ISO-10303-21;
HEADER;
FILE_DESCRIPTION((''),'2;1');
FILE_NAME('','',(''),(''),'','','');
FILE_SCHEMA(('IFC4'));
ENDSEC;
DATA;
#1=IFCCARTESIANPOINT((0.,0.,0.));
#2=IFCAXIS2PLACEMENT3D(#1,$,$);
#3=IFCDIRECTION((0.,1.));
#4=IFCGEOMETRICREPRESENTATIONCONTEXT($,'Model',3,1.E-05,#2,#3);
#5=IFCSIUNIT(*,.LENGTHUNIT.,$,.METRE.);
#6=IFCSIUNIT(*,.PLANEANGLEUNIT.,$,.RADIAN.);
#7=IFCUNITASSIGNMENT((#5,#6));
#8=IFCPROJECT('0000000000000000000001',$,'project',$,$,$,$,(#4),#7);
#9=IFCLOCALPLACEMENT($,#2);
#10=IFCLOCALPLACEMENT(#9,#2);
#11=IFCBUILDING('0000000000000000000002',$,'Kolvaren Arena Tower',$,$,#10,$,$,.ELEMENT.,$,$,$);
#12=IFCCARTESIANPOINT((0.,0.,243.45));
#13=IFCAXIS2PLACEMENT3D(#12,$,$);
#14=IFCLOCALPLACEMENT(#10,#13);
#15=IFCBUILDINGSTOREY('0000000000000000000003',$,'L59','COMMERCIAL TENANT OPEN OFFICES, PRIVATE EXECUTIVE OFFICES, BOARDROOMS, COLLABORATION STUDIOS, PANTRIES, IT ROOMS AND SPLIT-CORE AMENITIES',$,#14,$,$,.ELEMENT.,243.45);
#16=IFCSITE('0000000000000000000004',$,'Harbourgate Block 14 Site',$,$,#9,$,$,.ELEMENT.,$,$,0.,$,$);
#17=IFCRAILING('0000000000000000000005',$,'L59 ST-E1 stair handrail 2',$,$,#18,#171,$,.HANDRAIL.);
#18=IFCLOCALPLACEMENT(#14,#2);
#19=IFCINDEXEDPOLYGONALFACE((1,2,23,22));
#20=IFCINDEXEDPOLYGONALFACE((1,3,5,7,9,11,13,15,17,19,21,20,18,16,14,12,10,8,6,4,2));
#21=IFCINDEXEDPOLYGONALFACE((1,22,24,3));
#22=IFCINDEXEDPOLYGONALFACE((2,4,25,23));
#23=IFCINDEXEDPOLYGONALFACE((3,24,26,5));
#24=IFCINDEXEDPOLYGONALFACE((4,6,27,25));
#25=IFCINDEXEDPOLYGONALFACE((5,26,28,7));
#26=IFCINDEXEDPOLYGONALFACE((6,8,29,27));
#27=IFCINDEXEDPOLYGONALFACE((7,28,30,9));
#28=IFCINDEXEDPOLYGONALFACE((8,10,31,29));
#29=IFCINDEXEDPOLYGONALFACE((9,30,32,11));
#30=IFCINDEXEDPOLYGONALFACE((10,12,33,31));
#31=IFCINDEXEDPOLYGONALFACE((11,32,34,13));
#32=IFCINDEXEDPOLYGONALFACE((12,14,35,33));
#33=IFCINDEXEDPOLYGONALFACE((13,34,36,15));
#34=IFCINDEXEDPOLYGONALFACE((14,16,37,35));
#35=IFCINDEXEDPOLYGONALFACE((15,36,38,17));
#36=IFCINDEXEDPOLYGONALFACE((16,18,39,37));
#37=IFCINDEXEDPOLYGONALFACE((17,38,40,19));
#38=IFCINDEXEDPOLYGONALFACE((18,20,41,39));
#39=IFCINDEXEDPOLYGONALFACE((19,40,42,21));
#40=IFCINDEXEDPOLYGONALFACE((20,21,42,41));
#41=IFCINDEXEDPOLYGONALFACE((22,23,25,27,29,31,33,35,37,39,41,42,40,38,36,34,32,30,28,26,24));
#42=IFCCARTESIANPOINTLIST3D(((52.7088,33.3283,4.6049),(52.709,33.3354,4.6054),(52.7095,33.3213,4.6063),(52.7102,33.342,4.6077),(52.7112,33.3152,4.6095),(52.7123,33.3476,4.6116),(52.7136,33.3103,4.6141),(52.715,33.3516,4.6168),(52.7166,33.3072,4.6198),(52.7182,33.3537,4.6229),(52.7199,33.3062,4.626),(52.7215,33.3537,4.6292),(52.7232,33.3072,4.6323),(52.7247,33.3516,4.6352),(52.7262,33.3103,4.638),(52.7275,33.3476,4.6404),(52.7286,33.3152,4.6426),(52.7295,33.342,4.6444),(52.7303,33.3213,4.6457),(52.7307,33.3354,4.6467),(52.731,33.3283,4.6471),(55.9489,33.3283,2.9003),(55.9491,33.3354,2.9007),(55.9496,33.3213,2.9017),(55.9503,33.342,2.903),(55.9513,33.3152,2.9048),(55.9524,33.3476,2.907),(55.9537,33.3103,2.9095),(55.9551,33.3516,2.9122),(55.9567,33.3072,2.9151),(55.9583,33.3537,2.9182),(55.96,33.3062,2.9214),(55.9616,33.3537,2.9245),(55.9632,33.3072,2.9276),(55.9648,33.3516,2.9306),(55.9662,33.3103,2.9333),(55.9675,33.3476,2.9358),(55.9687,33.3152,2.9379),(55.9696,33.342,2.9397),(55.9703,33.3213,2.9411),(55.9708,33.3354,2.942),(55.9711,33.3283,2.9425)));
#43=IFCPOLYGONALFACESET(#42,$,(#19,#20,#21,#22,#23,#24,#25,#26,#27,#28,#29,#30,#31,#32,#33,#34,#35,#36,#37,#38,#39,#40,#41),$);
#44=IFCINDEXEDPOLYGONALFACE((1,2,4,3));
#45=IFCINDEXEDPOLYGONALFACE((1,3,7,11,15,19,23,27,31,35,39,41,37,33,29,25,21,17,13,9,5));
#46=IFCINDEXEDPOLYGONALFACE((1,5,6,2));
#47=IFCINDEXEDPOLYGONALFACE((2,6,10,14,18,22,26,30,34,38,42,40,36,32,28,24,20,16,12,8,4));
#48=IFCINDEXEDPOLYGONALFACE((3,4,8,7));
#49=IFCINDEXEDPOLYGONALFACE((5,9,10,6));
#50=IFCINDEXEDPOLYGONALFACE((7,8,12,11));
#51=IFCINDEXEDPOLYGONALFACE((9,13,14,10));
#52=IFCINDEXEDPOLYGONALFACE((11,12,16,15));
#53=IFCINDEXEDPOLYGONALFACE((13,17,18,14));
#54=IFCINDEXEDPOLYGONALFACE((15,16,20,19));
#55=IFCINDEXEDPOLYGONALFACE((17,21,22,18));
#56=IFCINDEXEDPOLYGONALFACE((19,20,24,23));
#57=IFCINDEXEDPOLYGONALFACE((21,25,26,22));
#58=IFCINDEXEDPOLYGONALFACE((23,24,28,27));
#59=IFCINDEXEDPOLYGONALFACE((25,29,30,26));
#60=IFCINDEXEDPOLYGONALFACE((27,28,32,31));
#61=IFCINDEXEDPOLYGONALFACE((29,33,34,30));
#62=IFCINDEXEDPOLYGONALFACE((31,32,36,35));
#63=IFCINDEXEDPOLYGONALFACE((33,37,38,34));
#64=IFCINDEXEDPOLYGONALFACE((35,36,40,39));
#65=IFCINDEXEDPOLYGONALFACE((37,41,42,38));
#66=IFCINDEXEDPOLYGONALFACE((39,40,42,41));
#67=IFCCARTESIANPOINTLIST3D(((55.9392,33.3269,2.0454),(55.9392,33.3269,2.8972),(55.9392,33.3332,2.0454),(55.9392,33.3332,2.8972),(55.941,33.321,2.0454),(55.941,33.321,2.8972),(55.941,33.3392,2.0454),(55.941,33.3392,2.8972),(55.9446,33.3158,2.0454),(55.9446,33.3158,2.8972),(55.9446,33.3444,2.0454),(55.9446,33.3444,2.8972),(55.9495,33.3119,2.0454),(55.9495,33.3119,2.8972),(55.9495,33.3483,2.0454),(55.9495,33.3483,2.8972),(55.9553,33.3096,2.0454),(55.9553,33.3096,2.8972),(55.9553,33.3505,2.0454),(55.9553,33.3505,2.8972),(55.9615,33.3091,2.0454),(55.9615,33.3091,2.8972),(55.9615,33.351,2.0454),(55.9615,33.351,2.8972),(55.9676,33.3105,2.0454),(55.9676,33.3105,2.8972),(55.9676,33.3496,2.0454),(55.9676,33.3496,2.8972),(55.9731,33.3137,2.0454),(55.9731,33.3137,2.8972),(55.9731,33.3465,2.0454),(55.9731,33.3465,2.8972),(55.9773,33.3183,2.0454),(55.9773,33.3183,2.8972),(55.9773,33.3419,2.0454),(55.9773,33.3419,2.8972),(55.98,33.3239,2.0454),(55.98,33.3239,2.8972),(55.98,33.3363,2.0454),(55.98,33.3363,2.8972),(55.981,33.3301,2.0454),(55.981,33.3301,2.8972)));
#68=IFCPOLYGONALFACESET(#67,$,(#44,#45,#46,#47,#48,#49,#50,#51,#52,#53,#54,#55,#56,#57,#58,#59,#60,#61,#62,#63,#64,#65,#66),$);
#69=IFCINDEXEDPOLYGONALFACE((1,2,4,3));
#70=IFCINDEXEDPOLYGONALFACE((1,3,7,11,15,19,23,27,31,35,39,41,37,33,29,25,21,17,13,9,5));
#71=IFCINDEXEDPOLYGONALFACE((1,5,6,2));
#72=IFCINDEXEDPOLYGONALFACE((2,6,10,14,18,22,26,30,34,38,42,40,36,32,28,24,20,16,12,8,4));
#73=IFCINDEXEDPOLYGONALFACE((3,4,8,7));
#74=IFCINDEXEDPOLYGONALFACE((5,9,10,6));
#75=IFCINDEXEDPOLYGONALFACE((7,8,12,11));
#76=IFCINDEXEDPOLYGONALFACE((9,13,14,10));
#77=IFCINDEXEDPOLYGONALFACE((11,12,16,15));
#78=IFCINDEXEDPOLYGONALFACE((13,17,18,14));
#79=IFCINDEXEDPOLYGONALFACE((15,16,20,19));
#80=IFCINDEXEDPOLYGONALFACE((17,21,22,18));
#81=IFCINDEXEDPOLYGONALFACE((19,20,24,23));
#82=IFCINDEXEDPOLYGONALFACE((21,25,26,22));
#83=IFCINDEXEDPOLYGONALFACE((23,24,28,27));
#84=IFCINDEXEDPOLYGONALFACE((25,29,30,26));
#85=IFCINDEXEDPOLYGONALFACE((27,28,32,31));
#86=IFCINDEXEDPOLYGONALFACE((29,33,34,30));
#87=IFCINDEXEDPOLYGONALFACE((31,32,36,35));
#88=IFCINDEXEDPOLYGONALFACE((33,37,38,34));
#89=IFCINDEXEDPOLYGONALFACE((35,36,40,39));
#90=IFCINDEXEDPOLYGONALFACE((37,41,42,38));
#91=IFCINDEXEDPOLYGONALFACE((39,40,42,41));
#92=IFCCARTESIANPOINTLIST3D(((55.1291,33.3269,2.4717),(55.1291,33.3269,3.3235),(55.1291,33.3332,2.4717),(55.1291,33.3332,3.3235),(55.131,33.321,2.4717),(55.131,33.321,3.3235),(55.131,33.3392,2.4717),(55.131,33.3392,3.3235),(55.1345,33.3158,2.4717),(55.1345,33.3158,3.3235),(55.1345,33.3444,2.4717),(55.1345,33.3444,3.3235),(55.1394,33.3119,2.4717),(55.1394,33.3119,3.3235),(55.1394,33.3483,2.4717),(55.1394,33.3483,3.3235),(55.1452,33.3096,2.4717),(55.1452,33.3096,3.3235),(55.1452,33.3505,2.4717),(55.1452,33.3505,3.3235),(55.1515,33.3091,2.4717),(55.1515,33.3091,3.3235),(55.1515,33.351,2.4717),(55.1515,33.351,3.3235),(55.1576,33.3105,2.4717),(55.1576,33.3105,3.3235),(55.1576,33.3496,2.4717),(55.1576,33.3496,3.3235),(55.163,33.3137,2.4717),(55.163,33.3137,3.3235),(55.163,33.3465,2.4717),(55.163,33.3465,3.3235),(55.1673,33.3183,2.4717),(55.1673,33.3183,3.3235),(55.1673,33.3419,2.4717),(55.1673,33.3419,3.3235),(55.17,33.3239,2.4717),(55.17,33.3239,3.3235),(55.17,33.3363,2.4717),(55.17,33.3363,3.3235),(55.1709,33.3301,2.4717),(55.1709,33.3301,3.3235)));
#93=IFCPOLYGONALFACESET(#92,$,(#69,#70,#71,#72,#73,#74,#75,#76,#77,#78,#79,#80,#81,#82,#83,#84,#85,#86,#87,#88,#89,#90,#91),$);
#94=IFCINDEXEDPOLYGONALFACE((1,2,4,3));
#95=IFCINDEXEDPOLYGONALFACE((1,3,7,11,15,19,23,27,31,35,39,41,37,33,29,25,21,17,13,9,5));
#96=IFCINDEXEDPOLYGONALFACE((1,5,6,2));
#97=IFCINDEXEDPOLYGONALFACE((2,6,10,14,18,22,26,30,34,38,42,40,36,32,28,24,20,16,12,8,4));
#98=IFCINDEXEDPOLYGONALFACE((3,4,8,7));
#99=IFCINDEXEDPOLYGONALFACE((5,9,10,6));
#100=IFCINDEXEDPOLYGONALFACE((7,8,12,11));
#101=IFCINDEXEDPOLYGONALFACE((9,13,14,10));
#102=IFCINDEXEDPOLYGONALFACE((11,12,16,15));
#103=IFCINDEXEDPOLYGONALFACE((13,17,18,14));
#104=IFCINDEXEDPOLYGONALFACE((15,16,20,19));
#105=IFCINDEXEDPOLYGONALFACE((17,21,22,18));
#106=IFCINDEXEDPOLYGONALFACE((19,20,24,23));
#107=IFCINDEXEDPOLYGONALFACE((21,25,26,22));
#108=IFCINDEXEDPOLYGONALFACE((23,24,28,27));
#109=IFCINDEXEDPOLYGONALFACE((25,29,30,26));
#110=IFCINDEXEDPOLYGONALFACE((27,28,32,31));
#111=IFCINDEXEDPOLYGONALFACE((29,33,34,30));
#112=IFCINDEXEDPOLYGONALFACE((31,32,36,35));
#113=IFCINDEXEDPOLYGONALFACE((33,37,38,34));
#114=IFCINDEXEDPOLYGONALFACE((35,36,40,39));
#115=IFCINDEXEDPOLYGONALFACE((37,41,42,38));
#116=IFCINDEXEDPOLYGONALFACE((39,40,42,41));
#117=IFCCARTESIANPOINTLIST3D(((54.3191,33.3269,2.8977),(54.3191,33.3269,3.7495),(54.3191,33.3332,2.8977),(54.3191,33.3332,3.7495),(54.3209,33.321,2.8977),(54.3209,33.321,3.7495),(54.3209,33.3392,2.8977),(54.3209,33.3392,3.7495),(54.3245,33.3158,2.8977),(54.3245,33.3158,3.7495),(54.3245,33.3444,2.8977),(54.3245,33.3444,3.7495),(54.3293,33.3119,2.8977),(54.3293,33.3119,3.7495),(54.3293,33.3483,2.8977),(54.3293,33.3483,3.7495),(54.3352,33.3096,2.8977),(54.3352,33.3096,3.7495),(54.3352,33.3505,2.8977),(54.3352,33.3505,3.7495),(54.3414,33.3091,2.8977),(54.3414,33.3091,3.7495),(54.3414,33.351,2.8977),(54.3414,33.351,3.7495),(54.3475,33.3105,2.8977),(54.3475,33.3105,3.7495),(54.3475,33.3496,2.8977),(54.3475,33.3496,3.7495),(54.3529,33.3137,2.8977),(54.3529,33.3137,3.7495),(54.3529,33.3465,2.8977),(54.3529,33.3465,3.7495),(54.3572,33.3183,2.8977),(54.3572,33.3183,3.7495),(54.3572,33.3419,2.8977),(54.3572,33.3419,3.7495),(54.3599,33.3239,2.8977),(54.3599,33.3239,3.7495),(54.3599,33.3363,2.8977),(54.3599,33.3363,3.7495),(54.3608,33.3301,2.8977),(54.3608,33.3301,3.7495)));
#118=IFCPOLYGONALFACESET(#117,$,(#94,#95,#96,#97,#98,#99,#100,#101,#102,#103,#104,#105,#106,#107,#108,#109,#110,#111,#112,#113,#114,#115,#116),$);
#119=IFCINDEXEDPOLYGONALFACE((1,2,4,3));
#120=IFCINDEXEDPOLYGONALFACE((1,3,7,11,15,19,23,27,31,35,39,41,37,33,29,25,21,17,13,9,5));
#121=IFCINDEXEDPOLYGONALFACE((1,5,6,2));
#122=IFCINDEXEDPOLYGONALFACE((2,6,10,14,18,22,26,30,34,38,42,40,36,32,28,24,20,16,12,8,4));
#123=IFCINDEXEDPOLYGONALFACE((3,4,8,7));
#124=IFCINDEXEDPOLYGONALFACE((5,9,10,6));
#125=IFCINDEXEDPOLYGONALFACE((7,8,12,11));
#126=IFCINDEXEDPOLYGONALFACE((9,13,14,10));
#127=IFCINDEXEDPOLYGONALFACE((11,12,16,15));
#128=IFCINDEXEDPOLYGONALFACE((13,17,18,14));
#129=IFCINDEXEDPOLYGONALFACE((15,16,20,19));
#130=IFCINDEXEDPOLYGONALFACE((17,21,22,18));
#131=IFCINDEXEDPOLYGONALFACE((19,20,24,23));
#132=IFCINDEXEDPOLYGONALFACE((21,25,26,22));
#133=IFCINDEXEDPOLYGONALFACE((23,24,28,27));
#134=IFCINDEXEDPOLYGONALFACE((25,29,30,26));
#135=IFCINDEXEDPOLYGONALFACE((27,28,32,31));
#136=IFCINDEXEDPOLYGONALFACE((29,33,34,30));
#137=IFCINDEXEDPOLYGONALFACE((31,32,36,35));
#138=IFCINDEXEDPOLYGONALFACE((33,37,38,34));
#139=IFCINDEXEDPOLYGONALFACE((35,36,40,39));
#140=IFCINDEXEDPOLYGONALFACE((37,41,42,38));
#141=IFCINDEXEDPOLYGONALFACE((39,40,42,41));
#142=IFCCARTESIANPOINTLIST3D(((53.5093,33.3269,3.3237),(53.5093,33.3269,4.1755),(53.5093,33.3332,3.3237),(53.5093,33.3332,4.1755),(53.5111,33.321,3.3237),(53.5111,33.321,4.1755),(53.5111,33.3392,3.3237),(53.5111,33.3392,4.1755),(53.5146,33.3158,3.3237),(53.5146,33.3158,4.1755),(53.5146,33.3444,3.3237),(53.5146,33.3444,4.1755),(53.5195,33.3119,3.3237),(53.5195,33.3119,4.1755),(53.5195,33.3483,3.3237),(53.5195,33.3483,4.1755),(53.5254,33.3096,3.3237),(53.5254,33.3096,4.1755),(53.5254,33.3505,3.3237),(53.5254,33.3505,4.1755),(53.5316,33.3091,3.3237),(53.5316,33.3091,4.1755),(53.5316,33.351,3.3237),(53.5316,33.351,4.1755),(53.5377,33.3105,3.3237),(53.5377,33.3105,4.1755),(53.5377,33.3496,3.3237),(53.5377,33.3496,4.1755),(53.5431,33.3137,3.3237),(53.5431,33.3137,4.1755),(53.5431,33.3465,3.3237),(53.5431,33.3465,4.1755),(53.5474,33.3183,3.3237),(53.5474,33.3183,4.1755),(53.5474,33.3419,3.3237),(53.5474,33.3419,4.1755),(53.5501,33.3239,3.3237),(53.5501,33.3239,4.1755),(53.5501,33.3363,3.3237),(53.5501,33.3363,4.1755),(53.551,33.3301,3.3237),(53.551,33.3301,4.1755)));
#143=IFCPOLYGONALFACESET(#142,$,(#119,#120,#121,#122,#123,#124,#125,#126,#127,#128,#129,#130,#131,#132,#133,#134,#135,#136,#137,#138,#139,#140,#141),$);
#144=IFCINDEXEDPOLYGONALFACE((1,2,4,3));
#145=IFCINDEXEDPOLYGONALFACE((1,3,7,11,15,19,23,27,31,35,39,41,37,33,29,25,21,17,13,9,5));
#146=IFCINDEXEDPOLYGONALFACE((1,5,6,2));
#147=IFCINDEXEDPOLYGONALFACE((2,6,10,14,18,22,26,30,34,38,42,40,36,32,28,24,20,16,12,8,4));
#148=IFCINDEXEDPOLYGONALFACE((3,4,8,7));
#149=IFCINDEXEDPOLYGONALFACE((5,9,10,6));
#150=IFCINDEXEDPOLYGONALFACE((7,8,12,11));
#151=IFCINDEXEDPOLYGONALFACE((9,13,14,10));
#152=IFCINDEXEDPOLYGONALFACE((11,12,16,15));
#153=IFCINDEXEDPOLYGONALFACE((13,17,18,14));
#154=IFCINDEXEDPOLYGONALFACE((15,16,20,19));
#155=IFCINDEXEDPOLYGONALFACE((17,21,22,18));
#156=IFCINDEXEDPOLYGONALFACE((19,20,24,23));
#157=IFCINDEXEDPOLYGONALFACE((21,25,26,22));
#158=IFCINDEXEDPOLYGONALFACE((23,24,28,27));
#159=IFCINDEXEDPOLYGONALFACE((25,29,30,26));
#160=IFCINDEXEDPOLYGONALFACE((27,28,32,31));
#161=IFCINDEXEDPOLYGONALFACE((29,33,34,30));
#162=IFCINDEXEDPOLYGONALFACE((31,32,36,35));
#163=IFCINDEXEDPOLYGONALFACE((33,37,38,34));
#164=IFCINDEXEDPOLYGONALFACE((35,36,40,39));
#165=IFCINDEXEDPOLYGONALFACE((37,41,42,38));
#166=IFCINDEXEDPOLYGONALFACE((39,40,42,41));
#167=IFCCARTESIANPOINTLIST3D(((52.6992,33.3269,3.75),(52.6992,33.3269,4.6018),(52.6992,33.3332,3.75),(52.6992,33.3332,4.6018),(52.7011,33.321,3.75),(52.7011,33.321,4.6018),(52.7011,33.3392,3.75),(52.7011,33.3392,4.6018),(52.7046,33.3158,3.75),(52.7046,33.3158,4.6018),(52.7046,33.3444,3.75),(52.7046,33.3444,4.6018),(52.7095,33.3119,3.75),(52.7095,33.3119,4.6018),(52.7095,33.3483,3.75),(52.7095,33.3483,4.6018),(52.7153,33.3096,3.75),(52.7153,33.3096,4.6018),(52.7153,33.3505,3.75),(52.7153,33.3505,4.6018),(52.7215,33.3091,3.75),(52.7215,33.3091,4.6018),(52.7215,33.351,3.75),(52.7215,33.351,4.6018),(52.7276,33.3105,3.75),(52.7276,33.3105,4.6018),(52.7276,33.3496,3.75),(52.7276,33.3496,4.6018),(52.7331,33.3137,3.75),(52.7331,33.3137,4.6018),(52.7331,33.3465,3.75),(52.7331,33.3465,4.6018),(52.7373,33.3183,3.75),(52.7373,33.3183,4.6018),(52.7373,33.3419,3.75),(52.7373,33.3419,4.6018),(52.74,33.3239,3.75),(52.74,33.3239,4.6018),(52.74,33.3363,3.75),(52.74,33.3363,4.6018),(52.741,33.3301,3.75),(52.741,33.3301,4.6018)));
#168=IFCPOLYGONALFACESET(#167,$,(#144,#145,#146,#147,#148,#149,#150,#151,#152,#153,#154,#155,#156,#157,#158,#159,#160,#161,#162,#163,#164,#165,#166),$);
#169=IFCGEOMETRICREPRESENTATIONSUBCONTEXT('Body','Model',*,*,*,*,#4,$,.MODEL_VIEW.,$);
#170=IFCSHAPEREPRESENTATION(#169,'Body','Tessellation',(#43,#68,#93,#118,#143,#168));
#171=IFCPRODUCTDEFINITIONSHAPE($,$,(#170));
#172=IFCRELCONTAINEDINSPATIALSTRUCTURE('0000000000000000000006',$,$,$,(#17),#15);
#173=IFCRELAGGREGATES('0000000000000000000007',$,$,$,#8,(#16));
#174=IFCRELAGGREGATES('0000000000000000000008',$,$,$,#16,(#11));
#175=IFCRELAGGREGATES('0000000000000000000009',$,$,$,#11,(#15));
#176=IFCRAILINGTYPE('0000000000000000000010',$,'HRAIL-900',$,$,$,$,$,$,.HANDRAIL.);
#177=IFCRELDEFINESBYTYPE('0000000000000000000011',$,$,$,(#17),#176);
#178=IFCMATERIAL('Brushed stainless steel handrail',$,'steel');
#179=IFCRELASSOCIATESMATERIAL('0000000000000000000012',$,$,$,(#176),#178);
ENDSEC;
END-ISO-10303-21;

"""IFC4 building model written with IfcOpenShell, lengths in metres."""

from ifc_helpers import new_model, si_unit, direction, frame, origin, origin_2d, place, context, subcontext, project, spatial, circle, extrude, material, type_object, element, save


model = new_model("IFC4")

# Units and contexts
model_context = context("Model", 3, precision=1e-05, world=origin(), true_north=direction((0.0, 1.0)))
body_context = subcontext(model_context, "Body", "Model", "MODEL_VIEW")
ifc_project = project(units=[si_unit("LENGTHUNIT", "METRE"), si_unit("PLANEANGLEUNIT", "RADIAN")], contexts=[model_context])

# Site, building, storey
site_placement = place(None, origin())
site = spatial("IfcSite", under=ifc_project, at=site_placement, Name="Harbourgate Block 14 Site", CompositionType="ELEMENT", RefElevation=0.0)
building_placement = place(site_placement, origin())
building = spatial("IfcBuilding", under=site, at=building_placement, Name="Kolvaren Arena Tower", CompositionType="ELEMENT")
storey_placement = place(building_placement, frame((0.0, 0.0, 243.45)))
storey = spatial("IfcBuildingStorey", under=building, at=storey_placement, Name="L59", Description="COMMERCIAL TENANT OPEN OFFICES, PRIVATE EXECUTIVE OFFICES, BOARDROOMS, COLLABORATION STUDIOS, PANTRIES, IT ROOMS AND SPLIT-CORE AMENITIES", CompositionType="ELEMENT", Elevation=243.45)

# Railing
ifc_material_1 = material(Name="Brushed stainless steel handrail", Category="steel")
railing_type_1 = type_object("IfcRailingType", Name="HRAIL-900", PredefinedType="HANDRAIL", material=ifc_material_1)
for number, where, name in (
    (1, (55.96, 33.3301, 2.0454), "L59 ST-E1 stair handrail 2"),
):
    element("IfcRailing", number, at=place(storey_placement, frame(where)), inside=storey, type_object=railing_type_1, Name=name, PredefinedType="HANDRAIL", context=body_context, shape_type="SweptSolid", body=[
        extrude(circle(Radius=0.0239, at=origin_2d()), frame((0.0, 0.0, 0.876), z_axis=(-0.884993, 0.0, 0.465604), x_axis=(0.0, -1.0, 0.0)), (0.0, 0.0, 1.0), 3.6611),
        extrude(circle(Radius=0.021, at=origin_2d()), origin(), (0.0, 0.0, 1.0), 0.8518),
        extrude(circle(Radius=0.021, at=origin_2d()), frame((-0.8101, 0.0, 0.4263)), (0.0, 0.0, 1.0), 0.8518),
        extrude(circle(Radius=0.021, at=origin_2d()), frame((-1.6201, 0.0, 0.8523)), (0.0, 0.0, 1.0), 0.8518),
        extrude(circle(Radius=0.021, at=origin_2d()), frame((-2.4299, 0.0, 1.2783)), (0.0, 0.0, 1.0), 0.8518),
        extrude(circle(Radius=0.021, at=origin_2d()), frame((-3.24, 0.0, 1.7046)), (0.0, 0.0, 1.0), 0.8518),
    ])

save(model, "model.ifc")
